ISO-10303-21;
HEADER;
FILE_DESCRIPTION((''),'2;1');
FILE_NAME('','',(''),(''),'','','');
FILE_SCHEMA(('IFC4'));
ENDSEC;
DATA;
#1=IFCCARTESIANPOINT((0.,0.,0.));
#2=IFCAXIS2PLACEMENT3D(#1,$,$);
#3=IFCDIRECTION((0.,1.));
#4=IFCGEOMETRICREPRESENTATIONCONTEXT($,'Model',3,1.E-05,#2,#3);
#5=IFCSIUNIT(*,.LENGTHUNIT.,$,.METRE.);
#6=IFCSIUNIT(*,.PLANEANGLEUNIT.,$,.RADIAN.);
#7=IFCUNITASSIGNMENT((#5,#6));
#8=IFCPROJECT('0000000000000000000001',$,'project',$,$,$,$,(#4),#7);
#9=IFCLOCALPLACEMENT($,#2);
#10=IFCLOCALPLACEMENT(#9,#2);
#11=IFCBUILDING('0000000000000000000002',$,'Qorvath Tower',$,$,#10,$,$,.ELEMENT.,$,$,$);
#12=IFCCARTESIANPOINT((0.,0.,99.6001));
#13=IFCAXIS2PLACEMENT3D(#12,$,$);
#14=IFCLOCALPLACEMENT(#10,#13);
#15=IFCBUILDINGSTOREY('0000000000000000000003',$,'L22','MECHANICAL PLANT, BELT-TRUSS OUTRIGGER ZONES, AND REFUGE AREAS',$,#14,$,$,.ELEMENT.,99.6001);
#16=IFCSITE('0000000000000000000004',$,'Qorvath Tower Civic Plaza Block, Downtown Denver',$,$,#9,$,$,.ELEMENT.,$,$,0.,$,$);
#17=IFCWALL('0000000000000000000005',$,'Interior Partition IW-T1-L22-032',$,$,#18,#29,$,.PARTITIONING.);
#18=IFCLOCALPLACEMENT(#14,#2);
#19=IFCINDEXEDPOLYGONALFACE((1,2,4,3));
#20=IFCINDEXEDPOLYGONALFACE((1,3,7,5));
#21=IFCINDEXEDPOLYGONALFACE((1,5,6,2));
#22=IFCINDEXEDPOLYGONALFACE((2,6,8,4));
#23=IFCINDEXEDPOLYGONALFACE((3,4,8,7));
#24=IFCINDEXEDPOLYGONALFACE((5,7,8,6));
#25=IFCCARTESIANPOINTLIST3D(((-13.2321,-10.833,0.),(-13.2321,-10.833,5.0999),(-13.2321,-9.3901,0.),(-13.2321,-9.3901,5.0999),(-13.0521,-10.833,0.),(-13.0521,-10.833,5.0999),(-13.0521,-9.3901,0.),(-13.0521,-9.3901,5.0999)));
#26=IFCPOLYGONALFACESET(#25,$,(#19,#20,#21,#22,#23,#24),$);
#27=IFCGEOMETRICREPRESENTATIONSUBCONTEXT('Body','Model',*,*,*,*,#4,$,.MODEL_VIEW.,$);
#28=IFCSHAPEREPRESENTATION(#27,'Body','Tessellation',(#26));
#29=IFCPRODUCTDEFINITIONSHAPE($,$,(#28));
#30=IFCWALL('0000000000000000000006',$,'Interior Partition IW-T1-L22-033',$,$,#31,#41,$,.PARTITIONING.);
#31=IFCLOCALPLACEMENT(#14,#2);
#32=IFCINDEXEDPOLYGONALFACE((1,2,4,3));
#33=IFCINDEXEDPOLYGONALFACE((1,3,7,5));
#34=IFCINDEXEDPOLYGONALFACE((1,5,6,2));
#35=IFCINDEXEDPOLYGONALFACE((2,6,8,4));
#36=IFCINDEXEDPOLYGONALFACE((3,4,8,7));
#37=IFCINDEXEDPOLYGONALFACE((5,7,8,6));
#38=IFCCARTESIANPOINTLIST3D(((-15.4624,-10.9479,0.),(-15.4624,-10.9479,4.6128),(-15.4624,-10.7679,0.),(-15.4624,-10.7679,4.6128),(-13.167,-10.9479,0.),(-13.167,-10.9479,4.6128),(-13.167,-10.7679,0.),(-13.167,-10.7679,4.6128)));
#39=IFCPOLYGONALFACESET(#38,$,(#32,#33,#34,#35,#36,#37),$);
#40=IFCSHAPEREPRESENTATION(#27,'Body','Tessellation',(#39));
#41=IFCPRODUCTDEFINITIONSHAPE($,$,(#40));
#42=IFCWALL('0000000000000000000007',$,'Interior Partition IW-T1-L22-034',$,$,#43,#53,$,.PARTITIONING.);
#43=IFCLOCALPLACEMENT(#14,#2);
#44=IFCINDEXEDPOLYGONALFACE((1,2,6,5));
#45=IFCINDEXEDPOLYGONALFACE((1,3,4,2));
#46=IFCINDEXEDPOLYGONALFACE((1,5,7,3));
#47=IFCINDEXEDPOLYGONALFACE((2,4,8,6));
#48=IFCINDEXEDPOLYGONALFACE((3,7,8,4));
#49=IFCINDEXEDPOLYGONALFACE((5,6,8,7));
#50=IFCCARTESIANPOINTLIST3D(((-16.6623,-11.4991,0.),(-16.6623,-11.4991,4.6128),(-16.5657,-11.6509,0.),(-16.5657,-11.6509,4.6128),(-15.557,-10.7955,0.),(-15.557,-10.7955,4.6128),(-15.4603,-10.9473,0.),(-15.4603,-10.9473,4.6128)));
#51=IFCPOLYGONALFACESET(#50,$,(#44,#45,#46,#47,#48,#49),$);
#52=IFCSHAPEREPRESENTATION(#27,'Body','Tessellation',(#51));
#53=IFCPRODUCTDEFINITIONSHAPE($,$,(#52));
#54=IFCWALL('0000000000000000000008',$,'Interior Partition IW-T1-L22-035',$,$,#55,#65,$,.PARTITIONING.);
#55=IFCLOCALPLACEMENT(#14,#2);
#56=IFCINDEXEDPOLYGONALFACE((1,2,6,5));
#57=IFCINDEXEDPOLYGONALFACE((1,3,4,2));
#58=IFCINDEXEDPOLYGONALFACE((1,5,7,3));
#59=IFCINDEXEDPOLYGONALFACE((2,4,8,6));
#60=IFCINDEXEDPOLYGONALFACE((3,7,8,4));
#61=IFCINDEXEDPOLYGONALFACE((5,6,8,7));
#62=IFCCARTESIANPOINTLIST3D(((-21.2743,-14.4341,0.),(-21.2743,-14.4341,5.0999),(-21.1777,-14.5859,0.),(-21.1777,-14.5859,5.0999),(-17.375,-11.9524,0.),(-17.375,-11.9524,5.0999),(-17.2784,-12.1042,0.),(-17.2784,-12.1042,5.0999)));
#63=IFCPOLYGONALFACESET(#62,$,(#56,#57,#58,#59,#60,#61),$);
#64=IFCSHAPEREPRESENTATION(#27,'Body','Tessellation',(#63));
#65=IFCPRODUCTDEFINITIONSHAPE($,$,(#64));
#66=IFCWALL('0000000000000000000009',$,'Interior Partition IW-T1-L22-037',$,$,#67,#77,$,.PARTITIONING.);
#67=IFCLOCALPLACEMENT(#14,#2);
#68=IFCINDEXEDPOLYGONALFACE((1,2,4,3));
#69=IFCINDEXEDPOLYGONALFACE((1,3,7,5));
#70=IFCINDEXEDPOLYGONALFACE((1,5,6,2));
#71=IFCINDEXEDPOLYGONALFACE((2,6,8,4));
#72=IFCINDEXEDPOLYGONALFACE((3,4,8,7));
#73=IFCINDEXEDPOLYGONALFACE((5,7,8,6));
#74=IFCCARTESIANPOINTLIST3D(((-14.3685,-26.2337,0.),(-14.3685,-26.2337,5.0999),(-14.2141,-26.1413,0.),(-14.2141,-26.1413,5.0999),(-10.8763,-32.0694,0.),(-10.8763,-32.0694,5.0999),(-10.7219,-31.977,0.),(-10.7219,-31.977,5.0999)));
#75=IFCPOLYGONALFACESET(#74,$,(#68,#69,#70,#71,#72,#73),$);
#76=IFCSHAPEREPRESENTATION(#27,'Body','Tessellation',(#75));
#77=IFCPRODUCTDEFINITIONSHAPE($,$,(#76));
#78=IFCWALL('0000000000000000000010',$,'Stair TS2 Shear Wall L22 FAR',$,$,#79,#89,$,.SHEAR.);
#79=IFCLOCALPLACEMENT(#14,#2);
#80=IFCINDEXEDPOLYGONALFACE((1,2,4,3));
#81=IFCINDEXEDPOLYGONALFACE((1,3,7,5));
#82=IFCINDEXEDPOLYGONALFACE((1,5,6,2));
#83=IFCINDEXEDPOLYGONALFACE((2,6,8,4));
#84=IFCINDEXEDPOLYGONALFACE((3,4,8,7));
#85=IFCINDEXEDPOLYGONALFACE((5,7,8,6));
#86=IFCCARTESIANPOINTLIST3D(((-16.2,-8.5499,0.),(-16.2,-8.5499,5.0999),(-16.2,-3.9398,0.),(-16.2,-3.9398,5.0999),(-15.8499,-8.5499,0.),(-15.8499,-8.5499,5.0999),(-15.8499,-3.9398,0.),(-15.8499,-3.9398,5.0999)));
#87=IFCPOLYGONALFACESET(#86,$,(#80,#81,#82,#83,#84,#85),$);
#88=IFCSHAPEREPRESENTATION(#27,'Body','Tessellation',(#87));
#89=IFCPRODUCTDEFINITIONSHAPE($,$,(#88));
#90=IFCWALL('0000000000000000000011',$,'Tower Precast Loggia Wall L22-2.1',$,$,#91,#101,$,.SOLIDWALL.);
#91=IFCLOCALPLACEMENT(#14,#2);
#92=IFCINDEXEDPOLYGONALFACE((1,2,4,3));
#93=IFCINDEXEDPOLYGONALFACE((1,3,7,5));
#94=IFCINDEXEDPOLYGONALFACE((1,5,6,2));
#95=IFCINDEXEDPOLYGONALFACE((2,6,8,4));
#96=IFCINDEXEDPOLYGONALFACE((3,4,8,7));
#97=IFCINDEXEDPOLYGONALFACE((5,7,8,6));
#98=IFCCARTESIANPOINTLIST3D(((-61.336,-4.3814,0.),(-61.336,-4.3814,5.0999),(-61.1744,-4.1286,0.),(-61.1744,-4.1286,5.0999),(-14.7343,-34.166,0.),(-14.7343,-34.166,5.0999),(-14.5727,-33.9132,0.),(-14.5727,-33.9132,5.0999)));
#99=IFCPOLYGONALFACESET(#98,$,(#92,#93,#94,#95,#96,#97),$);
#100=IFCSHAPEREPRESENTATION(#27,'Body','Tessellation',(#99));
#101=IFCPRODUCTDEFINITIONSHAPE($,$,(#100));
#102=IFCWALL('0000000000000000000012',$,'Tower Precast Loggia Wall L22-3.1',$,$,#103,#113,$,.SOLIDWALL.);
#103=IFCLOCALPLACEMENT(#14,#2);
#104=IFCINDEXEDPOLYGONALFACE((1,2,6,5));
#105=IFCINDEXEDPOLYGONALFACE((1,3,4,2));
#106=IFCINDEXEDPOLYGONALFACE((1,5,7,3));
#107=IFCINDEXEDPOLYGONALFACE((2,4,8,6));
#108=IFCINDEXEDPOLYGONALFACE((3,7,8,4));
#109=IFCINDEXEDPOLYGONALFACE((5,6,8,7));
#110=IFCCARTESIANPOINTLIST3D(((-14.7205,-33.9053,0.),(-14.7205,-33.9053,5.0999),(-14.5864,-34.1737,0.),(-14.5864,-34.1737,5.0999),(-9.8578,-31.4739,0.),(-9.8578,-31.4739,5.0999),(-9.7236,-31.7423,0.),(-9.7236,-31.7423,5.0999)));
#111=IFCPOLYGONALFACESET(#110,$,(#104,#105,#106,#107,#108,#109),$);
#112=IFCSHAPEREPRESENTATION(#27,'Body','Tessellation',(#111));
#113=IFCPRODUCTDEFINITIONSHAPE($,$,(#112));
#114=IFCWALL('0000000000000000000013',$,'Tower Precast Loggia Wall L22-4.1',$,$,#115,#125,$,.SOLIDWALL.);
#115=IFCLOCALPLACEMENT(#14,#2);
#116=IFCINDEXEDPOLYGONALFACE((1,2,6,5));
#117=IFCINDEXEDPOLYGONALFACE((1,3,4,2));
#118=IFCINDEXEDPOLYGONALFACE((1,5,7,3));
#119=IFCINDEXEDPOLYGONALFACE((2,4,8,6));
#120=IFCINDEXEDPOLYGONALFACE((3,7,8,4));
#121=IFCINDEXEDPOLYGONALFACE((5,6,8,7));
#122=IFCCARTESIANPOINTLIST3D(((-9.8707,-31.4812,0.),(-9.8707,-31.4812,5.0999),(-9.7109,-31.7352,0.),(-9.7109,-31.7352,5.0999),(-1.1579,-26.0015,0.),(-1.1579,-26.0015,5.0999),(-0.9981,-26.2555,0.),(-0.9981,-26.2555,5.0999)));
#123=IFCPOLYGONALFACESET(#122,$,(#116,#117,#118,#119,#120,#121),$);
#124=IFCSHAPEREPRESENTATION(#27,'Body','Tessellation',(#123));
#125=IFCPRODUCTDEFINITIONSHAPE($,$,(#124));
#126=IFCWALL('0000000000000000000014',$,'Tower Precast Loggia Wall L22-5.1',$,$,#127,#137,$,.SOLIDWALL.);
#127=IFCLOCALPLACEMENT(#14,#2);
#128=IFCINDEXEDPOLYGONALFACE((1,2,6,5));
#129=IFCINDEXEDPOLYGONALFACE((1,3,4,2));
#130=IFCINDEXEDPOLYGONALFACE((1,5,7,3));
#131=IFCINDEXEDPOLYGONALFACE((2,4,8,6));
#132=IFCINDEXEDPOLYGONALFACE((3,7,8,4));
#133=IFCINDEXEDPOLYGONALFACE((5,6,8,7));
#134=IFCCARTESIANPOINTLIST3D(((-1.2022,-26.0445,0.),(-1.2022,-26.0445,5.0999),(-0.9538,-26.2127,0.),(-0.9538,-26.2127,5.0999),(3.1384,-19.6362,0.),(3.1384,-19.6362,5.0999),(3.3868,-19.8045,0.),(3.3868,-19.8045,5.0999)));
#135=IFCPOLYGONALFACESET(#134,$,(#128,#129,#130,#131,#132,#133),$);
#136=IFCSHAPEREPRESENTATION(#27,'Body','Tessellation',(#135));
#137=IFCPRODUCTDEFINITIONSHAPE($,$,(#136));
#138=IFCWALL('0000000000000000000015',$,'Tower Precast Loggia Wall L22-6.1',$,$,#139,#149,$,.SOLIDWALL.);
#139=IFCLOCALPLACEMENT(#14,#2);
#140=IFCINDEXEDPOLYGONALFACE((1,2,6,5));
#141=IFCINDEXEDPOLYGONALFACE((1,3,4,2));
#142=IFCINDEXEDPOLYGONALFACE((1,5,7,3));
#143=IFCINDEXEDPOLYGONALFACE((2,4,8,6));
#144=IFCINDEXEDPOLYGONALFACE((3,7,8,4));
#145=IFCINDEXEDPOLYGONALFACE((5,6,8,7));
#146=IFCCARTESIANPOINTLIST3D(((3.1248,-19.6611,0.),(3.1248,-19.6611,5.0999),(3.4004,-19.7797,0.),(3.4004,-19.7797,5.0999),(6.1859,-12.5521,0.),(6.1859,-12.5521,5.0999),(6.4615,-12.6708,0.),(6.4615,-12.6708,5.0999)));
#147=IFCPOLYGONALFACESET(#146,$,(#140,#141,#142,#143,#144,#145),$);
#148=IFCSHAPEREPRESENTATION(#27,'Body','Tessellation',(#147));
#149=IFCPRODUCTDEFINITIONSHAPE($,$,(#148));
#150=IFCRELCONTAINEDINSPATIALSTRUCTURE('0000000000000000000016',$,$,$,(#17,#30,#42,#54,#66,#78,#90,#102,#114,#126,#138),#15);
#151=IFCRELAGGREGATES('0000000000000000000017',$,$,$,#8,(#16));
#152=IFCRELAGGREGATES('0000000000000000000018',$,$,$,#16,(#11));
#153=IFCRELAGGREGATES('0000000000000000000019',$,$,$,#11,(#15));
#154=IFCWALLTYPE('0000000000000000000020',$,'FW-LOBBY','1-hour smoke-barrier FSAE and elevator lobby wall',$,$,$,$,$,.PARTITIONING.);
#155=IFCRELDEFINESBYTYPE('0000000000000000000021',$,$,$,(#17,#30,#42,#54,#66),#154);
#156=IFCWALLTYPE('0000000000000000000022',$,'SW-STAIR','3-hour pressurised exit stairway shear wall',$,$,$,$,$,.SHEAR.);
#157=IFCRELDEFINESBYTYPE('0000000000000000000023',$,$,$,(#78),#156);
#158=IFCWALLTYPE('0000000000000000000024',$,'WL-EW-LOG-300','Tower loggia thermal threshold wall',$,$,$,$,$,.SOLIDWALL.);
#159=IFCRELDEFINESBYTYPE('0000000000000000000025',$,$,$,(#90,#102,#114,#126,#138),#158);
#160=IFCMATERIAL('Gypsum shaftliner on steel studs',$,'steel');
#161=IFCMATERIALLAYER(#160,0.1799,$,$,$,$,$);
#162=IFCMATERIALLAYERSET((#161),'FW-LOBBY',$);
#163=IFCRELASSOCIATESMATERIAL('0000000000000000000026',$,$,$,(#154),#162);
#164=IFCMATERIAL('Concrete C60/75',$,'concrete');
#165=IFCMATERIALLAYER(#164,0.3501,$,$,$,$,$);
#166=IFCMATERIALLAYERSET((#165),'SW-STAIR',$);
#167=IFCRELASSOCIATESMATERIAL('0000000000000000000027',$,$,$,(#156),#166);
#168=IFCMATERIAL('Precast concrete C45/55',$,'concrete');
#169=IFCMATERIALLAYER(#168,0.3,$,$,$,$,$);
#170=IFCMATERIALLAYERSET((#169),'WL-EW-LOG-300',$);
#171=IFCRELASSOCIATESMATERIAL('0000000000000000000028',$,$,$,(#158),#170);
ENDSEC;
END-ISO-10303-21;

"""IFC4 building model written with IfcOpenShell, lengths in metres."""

from ifc_helpers import new_model, si_unit, direction, frame, frame_2d, origin, place, context, subcontext, project, spatial, rectangle, extrude, material, layer, layer_set, type_object, element, save


model = new_model("IFC4")

# Units and contexts
model_context = context("Model", 3, precision=1e-05, world=origin(), true_north=direction((0.0, 1.0)))
body_context = subcontext(model_context, "Body", "Model", "MODEL_VIEW")
ifc_project = project(units=[si_unit("LENGTHUNIT", "METRE"), si_unit("PLANEANGLEUNIT", "RADIAN")], contexts=[model_context])

# Site, building, storey
site_placement = place(None, origin())
site = spatial("IfcSite", under=ifc_project, at=site_placement, Name="Qorvath Tower Civic Plaza Block, Downtown Denver", CompositionType="ELEMENT", RefElevation=0.0)
building_placement = place(site_placement, origin())
building = spatial("IfcBuilding", under=site, at=building_placement, Name="Qorvath Tower", CompositionType="ELEMENT")
storey_placement = place(building_placement, frame((0.0, 0.0, 99.6001)))
storey = spatial("IfcBuildingStorey", under=building, at=storey_placement, Name="L22", Description="MECHANICAL PLANT, BELT-TRUSS OUTRIGGER ZONES, AND REFUGE AREAS", CompositionType="ELEMENT", Elevation=99.6001)

# Walls
ifc_material_1 = material(Name="Gypsum shaftliner on steel studs", Category="steel")
ifc_layer_1 = layer(ifc_material_1, 0.1799)
ifc_layer_set_1 = layer_set([ifc_layer_1], Name="FW-LOBBY")
wall_type_1 = type_object("IfcWallType", Name="FW-LOBBY", Description="1-hour smoke-barrier FSAE and elevator lobby wall", PredefinedType="PARTITIONING", material=ifc_layer_set_1)
wall_1_placement = place(storey_placement, frame((-13.1421, -9.3901, 0.0), z_axis=(0.0, 0.0, 1.0), x_axis=(0.0, -1.0, 0.0)))
element("IfcWall", 1, at=wall_1_placement, inside=storey, type_object=wall_type_1, Name="Interior Partition IW-T1-L22-032", PredefinedType="PARTITIONING", context=body_context, shape_type="SweptSolid", body=[
    extrude(rectangle(XDim=1.4429, YDim=0.1799, at=frame_2d((0.7214, 0.0))), origin(), (0.0, 0.0, 1.0), 5.0999),
])
wall_2_placement = place(storey_placement, frame((-13.167, -10.8579, 0.0), z_axis=(0.0, 0.0, 1.0), x_axis=(-1.0, 0.0, 0.0)))
element("IfcWall", 2, at=wall_2_placement, inside=storey, type_object=wall_type_1, Name="Interior Partition IW-T1-L22-033", PredefinedType="PARTITIONING", context=body_context, shape_type="SweptSolid", body=[
    extrude(rectangle(XDim=2.2954, YDim=0.1799, at=frame_2d((1.1477, 0.0))), origin(), (0.0, 0.0, 1.0), 4.6128),
])
wall_3_placement = place(storey_placement, frame((-15.5085, -10.8713, 0.0), z_axis=(0.0, 0.0, 1.0), x_axis=(-0.843615, -0.536948, 0.0)))
element("IfcWall", 3, at=wall_3_placement, inside=storey, type_object=wall_type_1, Name="Interior Partition IW-T1-L22-034", PredefinedType="PARTITIONING", context=body_context, shape_type="SweptSolid", body=[
    extrude(rectangle(XDim=1.3103, YDim=0.1799, at=frame_2d((0.6553, 0.0))), origin(), (0.0, 0.0, 1.0), 4.6128),
])
wall_4_placement = place(storey_placement, frame((-17.3267, -12.0283, 0.0), z_axis=(0.0, 0.0, 1.0), x_axis=(-0.843638, -0.536913, 0.0)))
element("IfcWall", 4, at=wall_4_placement, inside=storey, type_object=wall_type_1, Name="Interior Partition IW-T1-L22-035", PredefinedType="PARTITIONING", context=body_context, shape_type="SweptSolid", body=[
    extrude(rectangle(XDim=4.6221, YDim=0.1799, at=frame_2d((2.311, 0.0))), origin(), (0.0, 0.0, 1.0), 5.0999),
])
wall_5_placement = place(storey_placement, frame((-14.2913, -26.1875, 0.0), z_axis=(0.0, 0.0, 1.0), x_axis=(0.513498, -0.858091, 0.0)))
element("IfcWall", 5, at=wall_5_placement, inside=storey, type_object=wall_type_1, Name="Interior Partition IW-T1-L22-037", PredefinedType="PARTITIONING", context=body_context, shape_type="SweptSolid", body=[
    extrude(rectangle(XDim=6.8008, YDim=0.1799, at=frame_2d((3.4004, 0.0))), origin(), (0.0, 0.0, 1.0), 5.0999),
])
ifc_material_2 = material(Name="Concrete C60/75", Category="concrete")
ifc_layer_2 = layer(ifc_material_2, 0.3501)
ifc_layer_set_2 = layer_set([ifc_layer_2], Name="SW-STAIR")
wall_type_2 = type_object("IfcWallType", Name="SW-STAIR", Description="3-hour pressurised exit stairway shear wall", PredefinedType="SHEAR", material=ifc_layer_set_2)
wall_6_placement = place(storey_placement, frame((-16.0249, -8.55, 0.0), z_axis=(0.0, 0.0, 1.0), x_axis=(0.0, 1.0, 0.0)))
element("IfcWall", 6, at=wall_6_placement, inside=storey, type_object=wall_type_2, Name="Stair TS2 Shear Wall L22 FAR", PredefinedType="SHEAR", context=body_context, shape_type="SweptSolid", body=[
    extrude(rectangle(XDim=4.6101, YDim=0.3501, at=frame_2d((2.3052, 0.0))), origin(), (0.0, 0.0, 1.0), 5.0999),
])
ifc_material_3 = material(Name="Precast concrete C45/55", Category="concrete")
ifc_layer_3 = layer(ifc_material_3, 0.3)
ifc_layer_set_3 = layer_set([ifc_layer_3], Name="WL-EW-LOG-300")
wall_type_3 = type_object("IfcWallType", Name="WL-EW-LOG-300", Description="Tower loggia thermal threshold wall", PredefinedType="SOLIDWALL", material=ifc_layer_set_3)
wall_7_placement = place(storey_placement, frame((-14.6536, -34.0396, 0.0), z_axis=(0.0, 0.0, 1.0), x_axis=(-0.842604, 0.538534, 0.0)))
element("IfcWall", 7, at=wall_7_placement, inside=storey, type_object=wall_type_3, Name="Tower Precast Loggia Wall L22-2.1", PredefinedType="SOLIDWALL", context=body_context, shape_type="SweptSolid", body=[
    extrude(rectangle(XDim=55.3069, YDim=0.3, at=frame_2d((27.6533, 0.0))), origin(), (0.0, 0.0, 1.0), 5.0999),
])
wall_8_placement = place(storey_placement, frame((-9.7908, -31.6082, 0.0), z_axis=(0.0, 0.0, 1.0), x_axis=(-0.894427, -0.447214, 0.0)))
element("IfcWall", 8, at=wall_8_placement, inside=storey, type_object=wall_type_3, Name="Tower Precast Loggia Wall L22-3.1", PredefinedType="SOLIDWALL", context=body_context, shape_type="SweptSolid", body=[
    extrude(rectangle(XDim=5.4368, YDim=0.3, at=frame_2d((2.7183, 0.0))), origin(), (0.0, 0.0, 1.0), 5.0999),
])
wall_9_placement = place(storey_placement, frame((-1.0779, -26.1284, 0.0), z_axis=(0.0, 0.0, 1.0), x_axis=(-0.846502, -0.532385, 0.0)))
element("IfcWall", 9, at=wall_9_placement, inside=storey, type_object=wall_type_3, Name="Tower Precast Loggia Wall L22-4.1", PredefinedType="SOLIDWALL", context=body_context, shape_type="SweptSolid", body=[
    extrude(rectangle(XDim=10.2927, YDim=0.3, at=frame_2d((5.1465, 0.0))), origin(), (0.0, 0.0, 1.0), 5.0999),
])
for number, where, z_axis, x_axis, name in (
    (10, (3.2627, -19.7202, 0.0), (0.0, 0.0, 1.0), (-0.560807, -0.827947, 0.0), "Tower Precast Loggia Wall L22-5.1"),
    (11, (6.3237, -12.6113, 0.0), (0.0, 0.0, 1.0), (-0.395487, -0.918471, 0.0), "Tower Precast Loggia Wall L22-6.1"),
):
    element("IfcWall", number, at=place(storey_placement, frame(where, z_axis=z_axis, x_axis=x_axis)), inside=storey, type_object=wall_type_3, Name=name, PredefinedType="SOLIDWALL", context=body_context, shape_type="SweptSolid", body=[
        extrude(rectangle(XDim=7.74, YDim=0.3, at=frame_2d((3.8701, 0.0))), origin(), (0.0, 0.0, 1.0), 5.0999),
    ])

save(model, "model.ifc")
